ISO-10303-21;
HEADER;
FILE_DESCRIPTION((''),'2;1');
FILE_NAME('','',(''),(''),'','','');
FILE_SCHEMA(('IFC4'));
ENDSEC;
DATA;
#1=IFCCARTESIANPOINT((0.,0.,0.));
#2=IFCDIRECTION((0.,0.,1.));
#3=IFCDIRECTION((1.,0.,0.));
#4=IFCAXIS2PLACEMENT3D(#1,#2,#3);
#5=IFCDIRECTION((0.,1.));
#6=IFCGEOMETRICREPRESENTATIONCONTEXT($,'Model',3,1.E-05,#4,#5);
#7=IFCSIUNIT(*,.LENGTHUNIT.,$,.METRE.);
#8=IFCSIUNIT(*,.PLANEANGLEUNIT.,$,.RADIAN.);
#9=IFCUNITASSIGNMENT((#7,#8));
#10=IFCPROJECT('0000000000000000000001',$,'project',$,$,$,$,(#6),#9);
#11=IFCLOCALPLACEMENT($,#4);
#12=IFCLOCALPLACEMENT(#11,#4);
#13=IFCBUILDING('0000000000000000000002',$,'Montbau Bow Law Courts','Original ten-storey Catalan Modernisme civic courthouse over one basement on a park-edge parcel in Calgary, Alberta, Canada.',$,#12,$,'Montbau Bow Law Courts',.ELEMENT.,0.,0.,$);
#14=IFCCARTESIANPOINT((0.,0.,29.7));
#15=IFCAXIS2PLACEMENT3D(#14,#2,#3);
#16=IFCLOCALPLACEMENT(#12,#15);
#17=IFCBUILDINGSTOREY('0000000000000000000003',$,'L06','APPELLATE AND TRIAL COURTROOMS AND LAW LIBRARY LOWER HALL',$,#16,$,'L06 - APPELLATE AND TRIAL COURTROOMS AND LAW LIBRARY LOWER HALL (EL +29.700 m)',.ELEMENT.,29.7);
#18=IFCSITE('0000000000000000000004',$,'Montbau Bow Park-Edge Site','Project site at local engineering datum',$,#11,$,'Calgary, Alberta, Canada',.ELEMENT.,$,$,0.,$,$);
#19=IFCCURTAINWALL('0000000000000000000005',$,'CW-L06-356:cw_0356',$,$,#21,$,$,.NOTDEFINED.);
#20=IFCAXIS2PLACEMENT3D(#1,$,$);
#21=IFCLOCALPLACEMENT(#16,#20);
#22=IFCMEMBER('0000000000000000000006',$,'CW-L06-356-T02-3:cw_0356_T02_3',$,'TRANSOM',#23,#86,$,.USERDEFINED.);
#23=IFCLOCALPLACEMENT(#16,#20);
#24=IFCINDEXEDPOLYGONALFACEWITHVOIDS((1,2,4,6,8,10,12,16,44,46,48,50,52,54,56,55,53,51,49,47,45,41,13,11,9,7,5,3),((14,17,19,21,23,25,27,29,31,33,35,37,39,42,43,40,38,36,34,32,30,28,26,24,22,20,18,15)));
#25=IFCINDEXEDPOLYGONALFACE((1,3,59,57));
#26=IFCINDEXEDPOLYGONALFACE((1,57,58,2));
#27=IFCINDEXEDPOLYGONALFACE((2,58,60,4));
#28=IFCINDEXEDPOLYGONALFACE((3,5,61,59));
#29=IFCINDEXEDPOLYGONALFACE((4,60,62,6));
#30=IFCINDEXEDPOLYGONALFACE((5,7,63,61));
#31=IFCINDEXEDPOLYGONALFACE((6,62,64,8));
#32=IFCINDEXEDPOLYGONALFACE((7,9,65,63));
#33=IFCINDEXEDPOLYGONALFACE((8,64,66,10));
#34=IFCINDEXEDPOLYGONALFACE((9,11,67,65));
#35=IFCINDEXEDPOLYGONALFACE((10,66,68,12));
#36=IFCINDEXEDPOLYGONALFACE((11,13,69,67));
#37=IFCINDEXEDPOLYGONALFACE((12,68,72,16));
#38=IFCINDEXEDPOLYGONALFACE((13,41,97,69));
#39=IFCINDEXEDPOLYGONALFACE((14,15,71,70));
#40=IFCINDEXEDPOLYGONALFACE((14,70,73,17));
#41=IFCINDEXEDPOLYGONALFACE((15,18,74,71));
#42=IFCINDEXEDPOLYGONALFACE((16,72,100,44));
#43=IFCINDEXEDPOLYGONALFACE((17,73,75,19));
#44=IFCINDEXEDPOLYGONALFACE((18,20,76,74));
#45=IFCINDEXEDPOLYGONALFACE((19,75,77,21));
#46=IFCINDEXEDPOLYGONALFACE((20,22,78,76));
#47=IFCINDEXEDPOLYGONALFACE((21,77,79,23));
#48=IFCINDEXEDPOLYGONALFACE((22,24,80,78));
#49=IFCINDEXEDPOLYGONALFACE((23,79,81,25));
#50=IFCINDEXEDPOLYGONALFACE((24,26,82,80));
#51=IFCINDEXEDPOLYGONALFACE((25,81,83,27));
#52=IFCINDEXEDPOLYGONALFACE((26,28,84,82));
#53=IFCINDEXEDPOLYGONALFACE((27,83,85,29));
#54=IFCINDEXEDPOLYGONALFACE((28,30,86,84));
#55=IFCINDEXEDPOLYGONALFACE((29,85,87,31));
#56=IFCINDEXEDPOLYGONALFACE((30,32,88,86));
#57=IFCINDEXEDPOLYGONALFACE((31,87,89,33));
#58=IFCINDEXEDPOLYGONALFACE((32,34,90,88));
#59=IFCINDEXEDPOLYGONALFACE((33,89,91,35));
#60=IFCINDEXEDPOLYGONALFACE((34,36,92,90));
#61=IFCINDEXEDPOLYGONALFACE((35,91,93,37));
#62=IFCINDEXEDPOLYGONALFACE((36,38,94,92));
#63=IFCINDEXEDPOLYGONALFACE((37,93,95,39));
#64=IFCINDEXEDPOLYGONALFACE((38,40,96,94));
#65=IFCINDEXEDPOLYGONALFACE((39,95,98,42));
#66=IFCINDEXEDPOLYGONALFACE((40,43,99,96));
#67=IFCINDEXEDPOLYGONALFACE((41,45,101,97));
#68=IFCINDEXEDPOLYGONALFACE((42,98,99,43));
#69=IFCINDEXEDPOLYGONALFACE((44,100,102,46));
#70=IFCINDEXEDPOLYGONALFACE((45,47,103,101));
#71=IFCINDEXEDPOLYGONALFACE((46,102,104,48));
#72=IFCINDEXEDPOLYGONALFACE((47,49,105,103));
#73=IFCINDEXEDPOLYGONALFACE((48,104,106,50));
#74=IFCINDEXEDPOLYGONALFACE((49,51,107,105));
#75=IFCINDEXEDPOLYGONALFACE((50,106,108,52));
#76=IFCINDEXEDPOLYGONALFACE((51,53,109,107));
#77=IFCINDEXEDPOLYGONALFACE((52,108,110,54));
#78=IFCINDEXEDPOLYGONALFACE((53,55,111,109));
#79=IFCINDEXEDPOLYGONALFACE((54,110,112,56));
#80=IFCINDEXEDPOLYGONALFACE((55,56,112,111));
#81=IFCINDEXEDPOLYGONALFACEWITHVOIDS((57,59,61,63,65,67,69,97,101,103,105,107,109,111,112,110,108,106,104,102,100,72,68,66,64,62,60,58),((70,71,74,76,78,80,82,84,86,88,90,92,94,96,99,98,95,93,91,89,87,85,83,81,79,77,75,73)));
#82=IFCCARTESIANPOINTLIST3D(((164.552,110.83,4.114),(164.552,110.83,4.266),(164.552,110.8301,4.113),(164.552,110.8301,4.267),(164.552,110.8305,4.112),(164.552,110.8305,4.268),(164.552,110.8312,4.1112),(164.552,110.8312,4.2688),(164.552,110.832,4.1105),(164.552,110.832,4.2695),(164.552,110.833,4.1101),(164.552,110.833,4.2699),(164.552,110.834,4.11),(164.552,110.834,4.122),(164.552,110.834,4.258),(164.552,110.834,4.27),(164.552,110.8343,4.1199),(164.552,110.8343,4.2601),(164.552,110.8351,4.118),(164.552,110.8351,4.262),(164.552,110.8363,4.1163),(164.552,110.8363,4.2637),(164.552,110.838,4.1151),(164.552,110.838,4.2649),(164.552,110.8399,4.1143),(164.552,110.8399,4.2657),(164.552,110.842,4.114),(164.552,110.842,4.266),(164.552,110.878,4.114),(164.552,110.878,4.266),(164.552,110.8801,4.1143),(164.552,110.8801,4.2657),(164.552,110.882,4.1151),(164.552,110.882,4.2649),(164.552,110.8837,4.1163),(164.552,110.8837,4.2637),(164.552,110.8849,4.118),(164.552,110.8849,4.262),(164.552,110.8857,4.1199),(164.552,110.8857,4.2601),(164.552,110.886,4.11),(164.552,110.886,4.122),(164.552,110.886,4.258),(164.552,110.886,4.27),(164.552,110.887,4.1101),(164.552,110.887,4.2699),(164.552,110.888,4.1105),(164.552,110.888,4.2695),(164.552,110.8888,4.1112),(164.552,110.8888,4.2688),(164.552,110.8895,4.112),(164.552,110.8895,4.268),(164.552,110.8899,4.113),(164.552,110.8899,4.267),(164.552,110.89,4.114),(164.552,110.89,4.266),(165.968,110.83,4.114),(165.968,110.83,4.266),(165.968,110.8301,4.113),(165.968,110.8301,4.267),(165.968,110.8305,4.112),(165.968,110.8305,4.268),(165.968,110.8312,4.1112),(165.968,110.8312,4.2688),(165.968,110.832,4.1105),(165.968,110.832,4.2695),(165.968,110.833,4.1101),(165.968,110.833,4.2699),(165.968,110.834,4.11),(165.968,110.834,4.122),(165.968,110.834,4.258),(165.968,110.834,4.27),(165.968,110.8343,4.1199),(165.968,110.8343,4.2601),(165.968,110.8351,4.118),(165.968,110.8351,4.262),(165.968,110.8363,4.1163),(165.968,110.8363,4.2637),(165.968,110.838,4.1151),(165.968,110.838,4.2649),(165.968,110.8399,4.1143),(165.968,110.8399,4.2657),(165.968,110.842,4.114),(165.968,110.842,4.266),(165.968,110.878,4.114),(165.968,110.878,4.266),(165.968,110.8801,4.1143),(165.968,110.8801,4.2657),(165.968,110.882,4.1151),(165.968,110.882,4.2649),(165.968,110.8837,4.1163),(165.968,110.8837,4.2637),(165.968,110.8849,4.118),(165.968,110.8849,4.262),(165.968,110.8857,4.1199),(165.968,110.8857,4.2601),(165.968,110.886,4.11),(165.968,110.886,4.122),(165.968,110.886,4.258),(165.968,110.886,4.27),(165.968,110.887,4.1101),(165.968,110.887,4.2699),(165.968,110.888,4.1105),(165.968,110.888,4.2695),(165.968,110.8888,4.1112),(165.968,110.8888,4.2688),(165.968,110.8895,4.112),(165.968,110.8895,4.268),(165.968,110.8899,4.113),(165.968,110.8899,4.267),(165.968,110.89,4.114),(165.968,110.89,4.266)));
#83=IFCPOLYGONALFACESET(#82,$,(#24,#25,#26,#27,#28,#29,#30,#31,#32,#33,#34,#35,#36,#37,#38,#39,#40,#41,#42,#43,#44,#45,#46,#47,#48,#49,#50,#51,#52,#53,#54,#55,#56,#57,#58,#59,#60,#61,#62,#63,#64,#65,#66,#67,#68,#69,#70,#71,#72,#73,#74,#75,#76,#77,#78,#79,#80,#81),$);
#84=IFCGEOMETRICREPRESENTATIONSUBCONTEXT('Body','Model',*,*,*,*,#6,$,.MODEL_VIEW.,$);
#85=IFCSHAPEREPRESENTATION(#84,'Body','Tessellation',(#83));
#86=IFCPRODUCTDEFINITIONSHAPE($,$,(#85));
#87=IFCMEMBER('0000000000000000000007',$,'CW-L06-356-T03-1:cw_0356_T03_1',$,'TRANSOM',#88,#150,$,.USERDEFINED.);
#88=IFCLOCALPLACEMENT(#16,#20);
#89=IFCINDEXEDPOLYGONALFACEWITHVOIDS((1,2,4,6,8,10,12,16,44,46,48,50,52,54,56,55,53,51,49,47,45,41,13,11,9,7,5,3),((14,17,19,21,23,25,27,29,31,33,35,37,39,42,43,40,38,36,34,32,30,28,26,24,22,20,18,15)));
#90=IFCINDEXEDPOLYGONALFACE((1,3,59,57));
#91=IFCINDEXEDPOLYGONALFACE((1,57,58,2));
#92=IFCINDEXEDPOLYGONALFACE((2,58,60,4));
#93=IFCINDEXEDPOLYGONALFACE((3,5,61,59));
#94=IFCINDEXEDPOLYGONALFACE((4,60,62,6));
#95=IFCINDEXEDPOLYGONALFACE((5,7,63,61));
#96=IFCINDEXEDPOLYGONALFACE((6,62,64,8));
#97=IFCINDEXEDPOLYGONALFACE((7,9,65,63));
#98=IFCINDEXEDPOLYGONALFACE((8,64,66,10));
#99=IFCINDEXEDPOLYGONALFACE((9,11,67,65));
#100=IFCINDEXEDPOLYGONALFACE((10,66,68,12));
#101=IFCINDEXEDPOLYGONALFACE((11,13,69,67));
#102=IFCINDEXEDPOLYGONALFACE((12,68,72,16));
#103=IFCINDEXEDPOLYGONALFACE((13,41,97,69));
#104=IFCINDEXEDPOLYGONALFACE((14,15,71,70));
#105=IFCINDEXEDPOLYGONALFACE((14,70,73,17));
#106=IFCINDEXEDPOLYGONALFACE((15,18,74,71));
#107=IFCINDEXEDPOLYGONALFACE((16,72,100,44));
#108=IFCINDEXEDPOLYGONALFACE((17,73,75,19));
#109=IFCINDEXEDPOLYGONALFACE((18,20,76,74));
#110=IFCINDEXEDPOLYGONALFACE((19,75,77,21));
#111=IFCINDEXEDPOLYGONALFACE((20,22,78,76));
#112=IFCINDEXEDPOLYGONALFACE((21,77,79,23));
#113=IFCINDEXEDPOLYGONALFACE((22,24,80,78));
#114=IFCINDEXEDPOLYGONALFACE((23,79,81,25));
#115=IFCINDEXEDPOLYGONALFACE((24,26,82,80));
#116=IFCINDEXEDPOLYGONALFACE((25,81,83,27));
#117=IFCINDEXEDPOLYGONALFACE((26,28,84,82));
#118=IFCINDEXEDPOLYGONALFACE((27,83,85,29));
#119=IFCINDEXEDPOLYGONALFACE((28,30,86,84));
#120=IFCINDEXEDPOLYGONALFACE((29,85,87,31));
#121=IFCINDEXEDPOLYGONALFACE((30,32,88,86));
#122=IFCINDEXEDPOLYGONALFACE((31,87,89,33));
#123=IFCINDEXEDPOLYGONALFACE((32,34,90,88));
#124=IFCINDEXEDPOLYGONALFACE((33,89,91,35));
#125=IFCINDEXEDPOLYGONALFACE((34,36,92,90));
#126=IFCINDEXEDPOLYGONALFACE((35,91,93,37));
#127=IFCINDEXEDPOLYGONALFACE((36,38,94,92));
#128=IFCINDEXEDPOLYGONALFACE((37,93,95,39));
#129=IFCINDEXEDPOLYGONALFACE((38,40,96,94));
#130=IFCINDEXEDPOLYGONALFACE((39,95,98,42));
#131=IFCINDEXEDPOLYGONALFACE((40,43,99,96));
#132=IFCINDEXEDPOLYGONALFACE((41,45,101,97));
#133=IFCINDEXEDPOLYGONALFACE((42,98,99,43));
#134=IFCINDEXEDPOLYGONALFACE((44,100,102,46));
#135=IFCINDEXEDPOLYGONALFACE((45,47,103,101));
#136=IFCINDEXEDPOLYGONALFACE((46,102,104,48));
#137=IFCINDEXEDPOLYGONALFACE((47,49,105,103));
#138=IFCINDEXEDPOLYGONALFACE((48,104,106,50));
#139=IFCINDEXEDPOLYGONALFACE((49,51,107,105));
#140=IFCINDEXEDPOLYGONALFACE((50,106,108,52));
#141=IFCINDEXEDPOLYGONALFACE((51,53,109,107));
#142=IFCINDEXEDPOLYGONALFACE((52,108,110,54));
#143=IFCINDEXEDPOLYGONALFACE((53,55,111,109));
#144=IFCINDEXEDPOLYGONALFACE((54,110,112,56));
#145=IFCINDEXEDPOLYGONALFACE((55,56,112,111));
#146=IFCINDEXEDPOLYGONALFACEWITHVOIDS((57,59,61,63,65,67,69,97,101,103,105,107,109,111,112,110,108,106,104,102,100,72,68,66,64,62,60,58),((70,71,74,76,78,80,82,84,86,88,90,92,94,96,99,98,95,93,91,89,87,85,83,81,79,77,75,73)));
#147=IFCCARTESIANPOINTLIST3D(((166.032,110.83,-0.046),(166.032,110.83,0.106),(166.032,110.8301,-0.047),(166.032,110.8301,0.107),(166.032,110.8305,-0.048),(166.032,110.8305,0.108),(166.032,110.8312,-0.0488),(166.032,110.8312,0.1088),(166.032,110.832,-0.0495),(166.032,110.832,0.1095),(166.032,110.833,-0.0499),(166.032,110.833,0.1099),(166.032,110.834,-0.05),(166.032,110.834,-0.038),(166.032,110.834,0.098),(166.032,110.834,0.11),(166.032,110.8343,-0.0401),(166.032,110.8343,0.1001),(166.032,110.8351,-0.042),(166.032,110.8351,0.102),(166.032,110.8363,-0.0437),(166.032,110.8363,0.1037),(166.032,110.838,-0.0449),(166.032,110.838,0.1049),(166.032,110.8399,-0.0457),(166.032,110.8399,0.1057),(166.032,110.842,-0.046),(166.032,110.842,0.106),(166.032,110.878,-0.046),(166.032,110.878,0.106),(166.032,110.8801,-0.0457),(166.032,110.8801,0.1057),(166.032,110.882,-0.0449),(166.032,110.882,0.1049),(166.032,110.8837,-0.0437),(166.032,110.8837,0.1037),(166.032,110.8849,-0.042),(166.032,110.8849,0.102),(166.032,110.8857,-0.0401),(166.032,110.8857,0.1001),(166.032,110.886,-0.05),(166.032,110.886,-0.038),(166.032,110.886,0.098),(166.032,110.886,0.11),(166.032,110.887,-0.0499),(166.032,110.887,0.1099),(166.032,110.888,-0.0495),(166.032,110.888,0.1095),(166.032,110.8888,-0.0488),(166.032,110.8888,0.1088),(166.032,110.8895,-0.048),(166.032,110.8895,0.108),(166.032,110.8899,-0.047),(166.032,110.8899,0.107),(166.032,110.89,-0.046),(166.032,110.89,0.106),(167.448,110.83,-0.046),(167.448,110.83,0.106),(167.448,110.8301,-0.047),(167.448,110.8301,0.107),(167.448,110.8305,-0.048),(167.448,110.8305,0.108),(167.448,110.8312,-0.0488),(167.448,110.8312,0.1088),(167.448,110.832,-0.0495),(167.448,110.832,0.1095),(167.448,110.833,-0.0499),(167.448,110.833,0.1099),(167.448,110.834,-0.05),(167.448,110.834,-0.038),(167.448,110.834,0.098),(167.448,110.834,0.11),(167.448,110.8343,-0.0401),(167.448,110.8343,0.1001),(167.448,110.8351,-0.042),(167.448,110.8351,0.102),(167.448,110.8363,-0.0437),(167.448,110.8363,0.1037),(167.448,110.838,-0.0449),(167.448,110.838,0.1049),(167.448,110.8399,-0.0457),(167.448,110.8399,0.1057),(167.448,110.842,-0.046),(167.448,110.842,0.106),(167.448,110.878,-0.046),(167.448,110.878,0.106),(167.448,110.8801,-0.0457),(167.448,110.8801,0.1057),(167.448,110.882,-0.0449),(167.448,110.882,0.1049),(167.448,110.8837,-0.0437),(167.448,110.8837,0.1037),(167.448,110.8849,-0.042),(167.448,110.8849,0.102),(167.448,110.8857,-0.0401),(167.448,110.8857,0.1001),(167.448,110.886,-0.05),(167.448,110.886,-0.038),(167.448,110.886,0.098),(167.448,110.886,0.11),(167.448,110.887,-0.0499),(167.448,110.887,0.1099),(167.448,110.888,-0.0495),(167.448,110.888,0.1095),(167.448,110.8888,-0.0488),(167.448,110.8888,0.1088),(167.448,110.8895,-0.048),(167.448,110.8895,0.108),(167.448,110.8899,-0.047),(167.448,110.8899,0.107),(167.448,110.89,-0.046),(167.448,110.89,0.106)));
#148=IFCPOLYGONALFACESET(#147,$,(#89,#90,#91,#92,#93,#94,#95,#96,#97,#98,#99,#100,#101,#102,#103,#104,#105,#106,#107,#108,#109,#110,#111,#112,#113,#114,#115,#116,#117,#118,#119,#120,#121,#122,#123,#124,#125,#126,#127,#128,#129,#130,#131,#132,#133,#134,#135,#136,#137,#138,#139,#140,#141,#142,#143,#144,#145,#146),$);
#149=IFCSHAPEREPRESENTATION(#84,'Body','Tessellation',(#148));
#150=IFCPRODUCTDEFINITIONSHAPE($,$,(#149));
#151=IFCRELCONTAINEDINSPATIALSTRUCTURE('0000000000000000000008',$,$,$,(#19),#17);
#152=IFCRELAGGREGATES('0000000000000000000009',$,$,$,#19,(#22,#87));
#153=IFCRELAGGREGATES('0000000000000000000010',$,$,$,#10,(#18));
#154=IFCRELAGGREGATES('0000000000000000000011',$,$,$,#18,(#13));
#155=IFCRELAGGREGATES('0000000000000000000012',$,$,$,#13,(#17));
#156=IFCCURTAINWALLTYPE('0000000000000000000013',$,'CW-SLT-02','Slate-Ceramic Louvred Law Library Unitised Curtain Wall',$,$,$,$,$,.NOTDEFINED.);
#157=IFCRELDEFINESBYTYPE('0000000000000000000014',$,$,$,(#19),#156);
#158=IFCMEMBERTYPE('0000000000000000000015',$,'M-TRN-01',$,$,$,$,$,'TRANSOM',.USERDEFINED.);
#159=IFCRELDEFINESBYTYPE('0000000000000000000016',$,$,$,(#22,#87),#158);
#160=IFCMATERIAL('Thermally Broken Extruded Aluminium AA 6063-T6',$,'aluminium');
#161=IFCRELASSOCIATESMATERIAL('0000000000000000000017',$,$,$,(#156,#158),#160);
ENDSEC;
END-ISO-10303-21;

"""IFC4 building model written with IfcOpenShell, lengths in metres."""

from ifc_helpers import new_model, si_unit, direction, frame, origin_with_axes, origin_2d_with_axis, place, context, subcontext, project, spatial, hollow_rectangle, extrude, material, material_profile, profile_set, type_object, element, aggregate, save


model = new_model("IFC4")

# Units and contexts
model_context = context("Model", 3, precision=1e-05, world=origin_with_axes(), true_north=direction((0.0, 1.0)))
body_context = subcontext(model_context, "Body", "Model", "MODEL_VIEW")
ifc_project = project(units=[si_unit("LENGTHUNIT", "METRE"), si_unit("PLANEANGLEUNIT", "RADIAN")], contexts=[model_context])

# Site, building, storey
site_placement = place(None, origin_with_axes())
site = spatial("IfcSite", under=ifc_project, at=site_placement, Name="Montbau Bow Park-Edge Site", Description="Project site at local engineering datum", LongName="Calgary, Alberta, Canada", CompositionType="ELEMENT", RefElevation=0.0)
building_placement = place(site_placement, origin_with_axes())
building = spatial("IfcBuilding", under=site, at=building_placement, Name="Montbau Bow Law Courts", Description="Original ten-storey Catalan Modernisme civic courthouse over one basement on a park-edge parcel in Calgary, Alberta, Canada.", LongName="Montbau Bow Law Courts", CompositionType="ELEMENT", ElevationOfRefHeight=0.0, ElevationOfTerrain=0.0)
storey_placement = place(building_placement, frame((0.0, 0.0, 29.7), z_axis=(0.0, 0.0, 1.0), x_axis=(1.0, 0.0, 0.0)))
storey = spatial("IfcBuildingStorey", under=building, at=storey_placement, Name="L06", Description="APPELLATE AND TRIAL COURTROOMS AND LAW LIBRARY LOWER HALL", LongName="L06 - APPELLATE AND TRIAL COURTROOMS AND LAW LIBRARY LOWER HALL (EL +29.700 m)", CompositionType="ELEMENT", Elevation=29.7)

# Curtain wall, members
ifc_material_1 = material(Name="Thermally Broken Extruded Aluminium AA 6063-T6", Category="aluminium")
curtain_wall_type = type_object("IfcCurtainWallType", Name="CW-SLT-02", Description="Slate-Ceramic Louvred Law Library Unitised Curtain Wall", PredefinedType="NOTDEFINED", material=ifc_material_1)
curtain_wall_placement = place(None, frame((163.04, 110.86, 29.7), z_axis=(0.0, 0.0, 1.0), x_axis=(1.0, 0.0, 0.0)))
curtain_wall = element("IfcCurtainWall", 1, at=curtain_wall_placement, inside=storey, type_object=curtain_wall_type, Name="CW-L06-356:cw_0356", PredefinedType="NOTDEFINED")
ifc_material_profile_1 = material_profile(ifc_material_1, hollow_rectangle(XDim=0.06, YDim=0.16, WallThickness=0.004, InnerFilletRadius=0.008, OuterFilletRadius=0.004, at=origin_2d_with_axis()), Name="CWT-160X60", Category="Main", Priority=0)
ifc_profile_set_1 = profile_set([ifc_material_profile_1], Name="Thermally Broken Extruded Aluminium AA 6063-T6")
member_type_1 = type_object("IfcMemberType", Name="M-TRN-01", ElementType="TRANSOM", PredefinedType="USERDEFINED", material=ifc_profile_set_1)
member_1_placement = place(None, frame((164.552, 110.86, 33.89), z_axis=(1.0, 0.0, 0.0), x_axis=(0.0, 1.0, 0.0)))
member_1 = element("IfcMember", 2, at=member_1_placement, type_object=member_type_1, Name="CW-L06-356-T02-3:cw_0356_T02_3", ObjectType="TRANSOM", PredefinedType="USERDEFINED", context=body_context, shape_type="SweptSolid", body=[
    extrude(hollow_rectangle(XDim=0.06, YDim=0.16, WallThickness=0.004, InnerFilletRadius=0.008, OuterFilletRadius=0.004, at=origin_2d_with_axis()), origin_with_axes(), (0.0, 0.0, 1.0), 1.416),
])
member_2_placement = place(None, frame((166.032, 110.86, 29.73), z_axis=(1.0, 0.0, 0.0), x_axis=(0.0, 1.0, 0.0)))
member_2 = element("IfcMember", 3, at=member_2_placement, type_object=member_type_1, Name="CW-L06-356-T03-1:cw_0356_T03_1", ObjectType="TRANSOM", PredefinedType="USERDEFINED", context=body_context, shape_type="SweptSolid", body=[
    extrude(hollow_rectangle(XDim=0.06, YDim=0.16, WallThickness=0.004, InnerFilletRadius=0.008, OuterFilletRadius=0.004, at=origin_2d_with_axis()), origin_with_axes(), (0.0, 0.0, 1.0), 1.416),
])
aggregate(curtain_wall, [member_1, member_2])

save(model, "model.ifc")
